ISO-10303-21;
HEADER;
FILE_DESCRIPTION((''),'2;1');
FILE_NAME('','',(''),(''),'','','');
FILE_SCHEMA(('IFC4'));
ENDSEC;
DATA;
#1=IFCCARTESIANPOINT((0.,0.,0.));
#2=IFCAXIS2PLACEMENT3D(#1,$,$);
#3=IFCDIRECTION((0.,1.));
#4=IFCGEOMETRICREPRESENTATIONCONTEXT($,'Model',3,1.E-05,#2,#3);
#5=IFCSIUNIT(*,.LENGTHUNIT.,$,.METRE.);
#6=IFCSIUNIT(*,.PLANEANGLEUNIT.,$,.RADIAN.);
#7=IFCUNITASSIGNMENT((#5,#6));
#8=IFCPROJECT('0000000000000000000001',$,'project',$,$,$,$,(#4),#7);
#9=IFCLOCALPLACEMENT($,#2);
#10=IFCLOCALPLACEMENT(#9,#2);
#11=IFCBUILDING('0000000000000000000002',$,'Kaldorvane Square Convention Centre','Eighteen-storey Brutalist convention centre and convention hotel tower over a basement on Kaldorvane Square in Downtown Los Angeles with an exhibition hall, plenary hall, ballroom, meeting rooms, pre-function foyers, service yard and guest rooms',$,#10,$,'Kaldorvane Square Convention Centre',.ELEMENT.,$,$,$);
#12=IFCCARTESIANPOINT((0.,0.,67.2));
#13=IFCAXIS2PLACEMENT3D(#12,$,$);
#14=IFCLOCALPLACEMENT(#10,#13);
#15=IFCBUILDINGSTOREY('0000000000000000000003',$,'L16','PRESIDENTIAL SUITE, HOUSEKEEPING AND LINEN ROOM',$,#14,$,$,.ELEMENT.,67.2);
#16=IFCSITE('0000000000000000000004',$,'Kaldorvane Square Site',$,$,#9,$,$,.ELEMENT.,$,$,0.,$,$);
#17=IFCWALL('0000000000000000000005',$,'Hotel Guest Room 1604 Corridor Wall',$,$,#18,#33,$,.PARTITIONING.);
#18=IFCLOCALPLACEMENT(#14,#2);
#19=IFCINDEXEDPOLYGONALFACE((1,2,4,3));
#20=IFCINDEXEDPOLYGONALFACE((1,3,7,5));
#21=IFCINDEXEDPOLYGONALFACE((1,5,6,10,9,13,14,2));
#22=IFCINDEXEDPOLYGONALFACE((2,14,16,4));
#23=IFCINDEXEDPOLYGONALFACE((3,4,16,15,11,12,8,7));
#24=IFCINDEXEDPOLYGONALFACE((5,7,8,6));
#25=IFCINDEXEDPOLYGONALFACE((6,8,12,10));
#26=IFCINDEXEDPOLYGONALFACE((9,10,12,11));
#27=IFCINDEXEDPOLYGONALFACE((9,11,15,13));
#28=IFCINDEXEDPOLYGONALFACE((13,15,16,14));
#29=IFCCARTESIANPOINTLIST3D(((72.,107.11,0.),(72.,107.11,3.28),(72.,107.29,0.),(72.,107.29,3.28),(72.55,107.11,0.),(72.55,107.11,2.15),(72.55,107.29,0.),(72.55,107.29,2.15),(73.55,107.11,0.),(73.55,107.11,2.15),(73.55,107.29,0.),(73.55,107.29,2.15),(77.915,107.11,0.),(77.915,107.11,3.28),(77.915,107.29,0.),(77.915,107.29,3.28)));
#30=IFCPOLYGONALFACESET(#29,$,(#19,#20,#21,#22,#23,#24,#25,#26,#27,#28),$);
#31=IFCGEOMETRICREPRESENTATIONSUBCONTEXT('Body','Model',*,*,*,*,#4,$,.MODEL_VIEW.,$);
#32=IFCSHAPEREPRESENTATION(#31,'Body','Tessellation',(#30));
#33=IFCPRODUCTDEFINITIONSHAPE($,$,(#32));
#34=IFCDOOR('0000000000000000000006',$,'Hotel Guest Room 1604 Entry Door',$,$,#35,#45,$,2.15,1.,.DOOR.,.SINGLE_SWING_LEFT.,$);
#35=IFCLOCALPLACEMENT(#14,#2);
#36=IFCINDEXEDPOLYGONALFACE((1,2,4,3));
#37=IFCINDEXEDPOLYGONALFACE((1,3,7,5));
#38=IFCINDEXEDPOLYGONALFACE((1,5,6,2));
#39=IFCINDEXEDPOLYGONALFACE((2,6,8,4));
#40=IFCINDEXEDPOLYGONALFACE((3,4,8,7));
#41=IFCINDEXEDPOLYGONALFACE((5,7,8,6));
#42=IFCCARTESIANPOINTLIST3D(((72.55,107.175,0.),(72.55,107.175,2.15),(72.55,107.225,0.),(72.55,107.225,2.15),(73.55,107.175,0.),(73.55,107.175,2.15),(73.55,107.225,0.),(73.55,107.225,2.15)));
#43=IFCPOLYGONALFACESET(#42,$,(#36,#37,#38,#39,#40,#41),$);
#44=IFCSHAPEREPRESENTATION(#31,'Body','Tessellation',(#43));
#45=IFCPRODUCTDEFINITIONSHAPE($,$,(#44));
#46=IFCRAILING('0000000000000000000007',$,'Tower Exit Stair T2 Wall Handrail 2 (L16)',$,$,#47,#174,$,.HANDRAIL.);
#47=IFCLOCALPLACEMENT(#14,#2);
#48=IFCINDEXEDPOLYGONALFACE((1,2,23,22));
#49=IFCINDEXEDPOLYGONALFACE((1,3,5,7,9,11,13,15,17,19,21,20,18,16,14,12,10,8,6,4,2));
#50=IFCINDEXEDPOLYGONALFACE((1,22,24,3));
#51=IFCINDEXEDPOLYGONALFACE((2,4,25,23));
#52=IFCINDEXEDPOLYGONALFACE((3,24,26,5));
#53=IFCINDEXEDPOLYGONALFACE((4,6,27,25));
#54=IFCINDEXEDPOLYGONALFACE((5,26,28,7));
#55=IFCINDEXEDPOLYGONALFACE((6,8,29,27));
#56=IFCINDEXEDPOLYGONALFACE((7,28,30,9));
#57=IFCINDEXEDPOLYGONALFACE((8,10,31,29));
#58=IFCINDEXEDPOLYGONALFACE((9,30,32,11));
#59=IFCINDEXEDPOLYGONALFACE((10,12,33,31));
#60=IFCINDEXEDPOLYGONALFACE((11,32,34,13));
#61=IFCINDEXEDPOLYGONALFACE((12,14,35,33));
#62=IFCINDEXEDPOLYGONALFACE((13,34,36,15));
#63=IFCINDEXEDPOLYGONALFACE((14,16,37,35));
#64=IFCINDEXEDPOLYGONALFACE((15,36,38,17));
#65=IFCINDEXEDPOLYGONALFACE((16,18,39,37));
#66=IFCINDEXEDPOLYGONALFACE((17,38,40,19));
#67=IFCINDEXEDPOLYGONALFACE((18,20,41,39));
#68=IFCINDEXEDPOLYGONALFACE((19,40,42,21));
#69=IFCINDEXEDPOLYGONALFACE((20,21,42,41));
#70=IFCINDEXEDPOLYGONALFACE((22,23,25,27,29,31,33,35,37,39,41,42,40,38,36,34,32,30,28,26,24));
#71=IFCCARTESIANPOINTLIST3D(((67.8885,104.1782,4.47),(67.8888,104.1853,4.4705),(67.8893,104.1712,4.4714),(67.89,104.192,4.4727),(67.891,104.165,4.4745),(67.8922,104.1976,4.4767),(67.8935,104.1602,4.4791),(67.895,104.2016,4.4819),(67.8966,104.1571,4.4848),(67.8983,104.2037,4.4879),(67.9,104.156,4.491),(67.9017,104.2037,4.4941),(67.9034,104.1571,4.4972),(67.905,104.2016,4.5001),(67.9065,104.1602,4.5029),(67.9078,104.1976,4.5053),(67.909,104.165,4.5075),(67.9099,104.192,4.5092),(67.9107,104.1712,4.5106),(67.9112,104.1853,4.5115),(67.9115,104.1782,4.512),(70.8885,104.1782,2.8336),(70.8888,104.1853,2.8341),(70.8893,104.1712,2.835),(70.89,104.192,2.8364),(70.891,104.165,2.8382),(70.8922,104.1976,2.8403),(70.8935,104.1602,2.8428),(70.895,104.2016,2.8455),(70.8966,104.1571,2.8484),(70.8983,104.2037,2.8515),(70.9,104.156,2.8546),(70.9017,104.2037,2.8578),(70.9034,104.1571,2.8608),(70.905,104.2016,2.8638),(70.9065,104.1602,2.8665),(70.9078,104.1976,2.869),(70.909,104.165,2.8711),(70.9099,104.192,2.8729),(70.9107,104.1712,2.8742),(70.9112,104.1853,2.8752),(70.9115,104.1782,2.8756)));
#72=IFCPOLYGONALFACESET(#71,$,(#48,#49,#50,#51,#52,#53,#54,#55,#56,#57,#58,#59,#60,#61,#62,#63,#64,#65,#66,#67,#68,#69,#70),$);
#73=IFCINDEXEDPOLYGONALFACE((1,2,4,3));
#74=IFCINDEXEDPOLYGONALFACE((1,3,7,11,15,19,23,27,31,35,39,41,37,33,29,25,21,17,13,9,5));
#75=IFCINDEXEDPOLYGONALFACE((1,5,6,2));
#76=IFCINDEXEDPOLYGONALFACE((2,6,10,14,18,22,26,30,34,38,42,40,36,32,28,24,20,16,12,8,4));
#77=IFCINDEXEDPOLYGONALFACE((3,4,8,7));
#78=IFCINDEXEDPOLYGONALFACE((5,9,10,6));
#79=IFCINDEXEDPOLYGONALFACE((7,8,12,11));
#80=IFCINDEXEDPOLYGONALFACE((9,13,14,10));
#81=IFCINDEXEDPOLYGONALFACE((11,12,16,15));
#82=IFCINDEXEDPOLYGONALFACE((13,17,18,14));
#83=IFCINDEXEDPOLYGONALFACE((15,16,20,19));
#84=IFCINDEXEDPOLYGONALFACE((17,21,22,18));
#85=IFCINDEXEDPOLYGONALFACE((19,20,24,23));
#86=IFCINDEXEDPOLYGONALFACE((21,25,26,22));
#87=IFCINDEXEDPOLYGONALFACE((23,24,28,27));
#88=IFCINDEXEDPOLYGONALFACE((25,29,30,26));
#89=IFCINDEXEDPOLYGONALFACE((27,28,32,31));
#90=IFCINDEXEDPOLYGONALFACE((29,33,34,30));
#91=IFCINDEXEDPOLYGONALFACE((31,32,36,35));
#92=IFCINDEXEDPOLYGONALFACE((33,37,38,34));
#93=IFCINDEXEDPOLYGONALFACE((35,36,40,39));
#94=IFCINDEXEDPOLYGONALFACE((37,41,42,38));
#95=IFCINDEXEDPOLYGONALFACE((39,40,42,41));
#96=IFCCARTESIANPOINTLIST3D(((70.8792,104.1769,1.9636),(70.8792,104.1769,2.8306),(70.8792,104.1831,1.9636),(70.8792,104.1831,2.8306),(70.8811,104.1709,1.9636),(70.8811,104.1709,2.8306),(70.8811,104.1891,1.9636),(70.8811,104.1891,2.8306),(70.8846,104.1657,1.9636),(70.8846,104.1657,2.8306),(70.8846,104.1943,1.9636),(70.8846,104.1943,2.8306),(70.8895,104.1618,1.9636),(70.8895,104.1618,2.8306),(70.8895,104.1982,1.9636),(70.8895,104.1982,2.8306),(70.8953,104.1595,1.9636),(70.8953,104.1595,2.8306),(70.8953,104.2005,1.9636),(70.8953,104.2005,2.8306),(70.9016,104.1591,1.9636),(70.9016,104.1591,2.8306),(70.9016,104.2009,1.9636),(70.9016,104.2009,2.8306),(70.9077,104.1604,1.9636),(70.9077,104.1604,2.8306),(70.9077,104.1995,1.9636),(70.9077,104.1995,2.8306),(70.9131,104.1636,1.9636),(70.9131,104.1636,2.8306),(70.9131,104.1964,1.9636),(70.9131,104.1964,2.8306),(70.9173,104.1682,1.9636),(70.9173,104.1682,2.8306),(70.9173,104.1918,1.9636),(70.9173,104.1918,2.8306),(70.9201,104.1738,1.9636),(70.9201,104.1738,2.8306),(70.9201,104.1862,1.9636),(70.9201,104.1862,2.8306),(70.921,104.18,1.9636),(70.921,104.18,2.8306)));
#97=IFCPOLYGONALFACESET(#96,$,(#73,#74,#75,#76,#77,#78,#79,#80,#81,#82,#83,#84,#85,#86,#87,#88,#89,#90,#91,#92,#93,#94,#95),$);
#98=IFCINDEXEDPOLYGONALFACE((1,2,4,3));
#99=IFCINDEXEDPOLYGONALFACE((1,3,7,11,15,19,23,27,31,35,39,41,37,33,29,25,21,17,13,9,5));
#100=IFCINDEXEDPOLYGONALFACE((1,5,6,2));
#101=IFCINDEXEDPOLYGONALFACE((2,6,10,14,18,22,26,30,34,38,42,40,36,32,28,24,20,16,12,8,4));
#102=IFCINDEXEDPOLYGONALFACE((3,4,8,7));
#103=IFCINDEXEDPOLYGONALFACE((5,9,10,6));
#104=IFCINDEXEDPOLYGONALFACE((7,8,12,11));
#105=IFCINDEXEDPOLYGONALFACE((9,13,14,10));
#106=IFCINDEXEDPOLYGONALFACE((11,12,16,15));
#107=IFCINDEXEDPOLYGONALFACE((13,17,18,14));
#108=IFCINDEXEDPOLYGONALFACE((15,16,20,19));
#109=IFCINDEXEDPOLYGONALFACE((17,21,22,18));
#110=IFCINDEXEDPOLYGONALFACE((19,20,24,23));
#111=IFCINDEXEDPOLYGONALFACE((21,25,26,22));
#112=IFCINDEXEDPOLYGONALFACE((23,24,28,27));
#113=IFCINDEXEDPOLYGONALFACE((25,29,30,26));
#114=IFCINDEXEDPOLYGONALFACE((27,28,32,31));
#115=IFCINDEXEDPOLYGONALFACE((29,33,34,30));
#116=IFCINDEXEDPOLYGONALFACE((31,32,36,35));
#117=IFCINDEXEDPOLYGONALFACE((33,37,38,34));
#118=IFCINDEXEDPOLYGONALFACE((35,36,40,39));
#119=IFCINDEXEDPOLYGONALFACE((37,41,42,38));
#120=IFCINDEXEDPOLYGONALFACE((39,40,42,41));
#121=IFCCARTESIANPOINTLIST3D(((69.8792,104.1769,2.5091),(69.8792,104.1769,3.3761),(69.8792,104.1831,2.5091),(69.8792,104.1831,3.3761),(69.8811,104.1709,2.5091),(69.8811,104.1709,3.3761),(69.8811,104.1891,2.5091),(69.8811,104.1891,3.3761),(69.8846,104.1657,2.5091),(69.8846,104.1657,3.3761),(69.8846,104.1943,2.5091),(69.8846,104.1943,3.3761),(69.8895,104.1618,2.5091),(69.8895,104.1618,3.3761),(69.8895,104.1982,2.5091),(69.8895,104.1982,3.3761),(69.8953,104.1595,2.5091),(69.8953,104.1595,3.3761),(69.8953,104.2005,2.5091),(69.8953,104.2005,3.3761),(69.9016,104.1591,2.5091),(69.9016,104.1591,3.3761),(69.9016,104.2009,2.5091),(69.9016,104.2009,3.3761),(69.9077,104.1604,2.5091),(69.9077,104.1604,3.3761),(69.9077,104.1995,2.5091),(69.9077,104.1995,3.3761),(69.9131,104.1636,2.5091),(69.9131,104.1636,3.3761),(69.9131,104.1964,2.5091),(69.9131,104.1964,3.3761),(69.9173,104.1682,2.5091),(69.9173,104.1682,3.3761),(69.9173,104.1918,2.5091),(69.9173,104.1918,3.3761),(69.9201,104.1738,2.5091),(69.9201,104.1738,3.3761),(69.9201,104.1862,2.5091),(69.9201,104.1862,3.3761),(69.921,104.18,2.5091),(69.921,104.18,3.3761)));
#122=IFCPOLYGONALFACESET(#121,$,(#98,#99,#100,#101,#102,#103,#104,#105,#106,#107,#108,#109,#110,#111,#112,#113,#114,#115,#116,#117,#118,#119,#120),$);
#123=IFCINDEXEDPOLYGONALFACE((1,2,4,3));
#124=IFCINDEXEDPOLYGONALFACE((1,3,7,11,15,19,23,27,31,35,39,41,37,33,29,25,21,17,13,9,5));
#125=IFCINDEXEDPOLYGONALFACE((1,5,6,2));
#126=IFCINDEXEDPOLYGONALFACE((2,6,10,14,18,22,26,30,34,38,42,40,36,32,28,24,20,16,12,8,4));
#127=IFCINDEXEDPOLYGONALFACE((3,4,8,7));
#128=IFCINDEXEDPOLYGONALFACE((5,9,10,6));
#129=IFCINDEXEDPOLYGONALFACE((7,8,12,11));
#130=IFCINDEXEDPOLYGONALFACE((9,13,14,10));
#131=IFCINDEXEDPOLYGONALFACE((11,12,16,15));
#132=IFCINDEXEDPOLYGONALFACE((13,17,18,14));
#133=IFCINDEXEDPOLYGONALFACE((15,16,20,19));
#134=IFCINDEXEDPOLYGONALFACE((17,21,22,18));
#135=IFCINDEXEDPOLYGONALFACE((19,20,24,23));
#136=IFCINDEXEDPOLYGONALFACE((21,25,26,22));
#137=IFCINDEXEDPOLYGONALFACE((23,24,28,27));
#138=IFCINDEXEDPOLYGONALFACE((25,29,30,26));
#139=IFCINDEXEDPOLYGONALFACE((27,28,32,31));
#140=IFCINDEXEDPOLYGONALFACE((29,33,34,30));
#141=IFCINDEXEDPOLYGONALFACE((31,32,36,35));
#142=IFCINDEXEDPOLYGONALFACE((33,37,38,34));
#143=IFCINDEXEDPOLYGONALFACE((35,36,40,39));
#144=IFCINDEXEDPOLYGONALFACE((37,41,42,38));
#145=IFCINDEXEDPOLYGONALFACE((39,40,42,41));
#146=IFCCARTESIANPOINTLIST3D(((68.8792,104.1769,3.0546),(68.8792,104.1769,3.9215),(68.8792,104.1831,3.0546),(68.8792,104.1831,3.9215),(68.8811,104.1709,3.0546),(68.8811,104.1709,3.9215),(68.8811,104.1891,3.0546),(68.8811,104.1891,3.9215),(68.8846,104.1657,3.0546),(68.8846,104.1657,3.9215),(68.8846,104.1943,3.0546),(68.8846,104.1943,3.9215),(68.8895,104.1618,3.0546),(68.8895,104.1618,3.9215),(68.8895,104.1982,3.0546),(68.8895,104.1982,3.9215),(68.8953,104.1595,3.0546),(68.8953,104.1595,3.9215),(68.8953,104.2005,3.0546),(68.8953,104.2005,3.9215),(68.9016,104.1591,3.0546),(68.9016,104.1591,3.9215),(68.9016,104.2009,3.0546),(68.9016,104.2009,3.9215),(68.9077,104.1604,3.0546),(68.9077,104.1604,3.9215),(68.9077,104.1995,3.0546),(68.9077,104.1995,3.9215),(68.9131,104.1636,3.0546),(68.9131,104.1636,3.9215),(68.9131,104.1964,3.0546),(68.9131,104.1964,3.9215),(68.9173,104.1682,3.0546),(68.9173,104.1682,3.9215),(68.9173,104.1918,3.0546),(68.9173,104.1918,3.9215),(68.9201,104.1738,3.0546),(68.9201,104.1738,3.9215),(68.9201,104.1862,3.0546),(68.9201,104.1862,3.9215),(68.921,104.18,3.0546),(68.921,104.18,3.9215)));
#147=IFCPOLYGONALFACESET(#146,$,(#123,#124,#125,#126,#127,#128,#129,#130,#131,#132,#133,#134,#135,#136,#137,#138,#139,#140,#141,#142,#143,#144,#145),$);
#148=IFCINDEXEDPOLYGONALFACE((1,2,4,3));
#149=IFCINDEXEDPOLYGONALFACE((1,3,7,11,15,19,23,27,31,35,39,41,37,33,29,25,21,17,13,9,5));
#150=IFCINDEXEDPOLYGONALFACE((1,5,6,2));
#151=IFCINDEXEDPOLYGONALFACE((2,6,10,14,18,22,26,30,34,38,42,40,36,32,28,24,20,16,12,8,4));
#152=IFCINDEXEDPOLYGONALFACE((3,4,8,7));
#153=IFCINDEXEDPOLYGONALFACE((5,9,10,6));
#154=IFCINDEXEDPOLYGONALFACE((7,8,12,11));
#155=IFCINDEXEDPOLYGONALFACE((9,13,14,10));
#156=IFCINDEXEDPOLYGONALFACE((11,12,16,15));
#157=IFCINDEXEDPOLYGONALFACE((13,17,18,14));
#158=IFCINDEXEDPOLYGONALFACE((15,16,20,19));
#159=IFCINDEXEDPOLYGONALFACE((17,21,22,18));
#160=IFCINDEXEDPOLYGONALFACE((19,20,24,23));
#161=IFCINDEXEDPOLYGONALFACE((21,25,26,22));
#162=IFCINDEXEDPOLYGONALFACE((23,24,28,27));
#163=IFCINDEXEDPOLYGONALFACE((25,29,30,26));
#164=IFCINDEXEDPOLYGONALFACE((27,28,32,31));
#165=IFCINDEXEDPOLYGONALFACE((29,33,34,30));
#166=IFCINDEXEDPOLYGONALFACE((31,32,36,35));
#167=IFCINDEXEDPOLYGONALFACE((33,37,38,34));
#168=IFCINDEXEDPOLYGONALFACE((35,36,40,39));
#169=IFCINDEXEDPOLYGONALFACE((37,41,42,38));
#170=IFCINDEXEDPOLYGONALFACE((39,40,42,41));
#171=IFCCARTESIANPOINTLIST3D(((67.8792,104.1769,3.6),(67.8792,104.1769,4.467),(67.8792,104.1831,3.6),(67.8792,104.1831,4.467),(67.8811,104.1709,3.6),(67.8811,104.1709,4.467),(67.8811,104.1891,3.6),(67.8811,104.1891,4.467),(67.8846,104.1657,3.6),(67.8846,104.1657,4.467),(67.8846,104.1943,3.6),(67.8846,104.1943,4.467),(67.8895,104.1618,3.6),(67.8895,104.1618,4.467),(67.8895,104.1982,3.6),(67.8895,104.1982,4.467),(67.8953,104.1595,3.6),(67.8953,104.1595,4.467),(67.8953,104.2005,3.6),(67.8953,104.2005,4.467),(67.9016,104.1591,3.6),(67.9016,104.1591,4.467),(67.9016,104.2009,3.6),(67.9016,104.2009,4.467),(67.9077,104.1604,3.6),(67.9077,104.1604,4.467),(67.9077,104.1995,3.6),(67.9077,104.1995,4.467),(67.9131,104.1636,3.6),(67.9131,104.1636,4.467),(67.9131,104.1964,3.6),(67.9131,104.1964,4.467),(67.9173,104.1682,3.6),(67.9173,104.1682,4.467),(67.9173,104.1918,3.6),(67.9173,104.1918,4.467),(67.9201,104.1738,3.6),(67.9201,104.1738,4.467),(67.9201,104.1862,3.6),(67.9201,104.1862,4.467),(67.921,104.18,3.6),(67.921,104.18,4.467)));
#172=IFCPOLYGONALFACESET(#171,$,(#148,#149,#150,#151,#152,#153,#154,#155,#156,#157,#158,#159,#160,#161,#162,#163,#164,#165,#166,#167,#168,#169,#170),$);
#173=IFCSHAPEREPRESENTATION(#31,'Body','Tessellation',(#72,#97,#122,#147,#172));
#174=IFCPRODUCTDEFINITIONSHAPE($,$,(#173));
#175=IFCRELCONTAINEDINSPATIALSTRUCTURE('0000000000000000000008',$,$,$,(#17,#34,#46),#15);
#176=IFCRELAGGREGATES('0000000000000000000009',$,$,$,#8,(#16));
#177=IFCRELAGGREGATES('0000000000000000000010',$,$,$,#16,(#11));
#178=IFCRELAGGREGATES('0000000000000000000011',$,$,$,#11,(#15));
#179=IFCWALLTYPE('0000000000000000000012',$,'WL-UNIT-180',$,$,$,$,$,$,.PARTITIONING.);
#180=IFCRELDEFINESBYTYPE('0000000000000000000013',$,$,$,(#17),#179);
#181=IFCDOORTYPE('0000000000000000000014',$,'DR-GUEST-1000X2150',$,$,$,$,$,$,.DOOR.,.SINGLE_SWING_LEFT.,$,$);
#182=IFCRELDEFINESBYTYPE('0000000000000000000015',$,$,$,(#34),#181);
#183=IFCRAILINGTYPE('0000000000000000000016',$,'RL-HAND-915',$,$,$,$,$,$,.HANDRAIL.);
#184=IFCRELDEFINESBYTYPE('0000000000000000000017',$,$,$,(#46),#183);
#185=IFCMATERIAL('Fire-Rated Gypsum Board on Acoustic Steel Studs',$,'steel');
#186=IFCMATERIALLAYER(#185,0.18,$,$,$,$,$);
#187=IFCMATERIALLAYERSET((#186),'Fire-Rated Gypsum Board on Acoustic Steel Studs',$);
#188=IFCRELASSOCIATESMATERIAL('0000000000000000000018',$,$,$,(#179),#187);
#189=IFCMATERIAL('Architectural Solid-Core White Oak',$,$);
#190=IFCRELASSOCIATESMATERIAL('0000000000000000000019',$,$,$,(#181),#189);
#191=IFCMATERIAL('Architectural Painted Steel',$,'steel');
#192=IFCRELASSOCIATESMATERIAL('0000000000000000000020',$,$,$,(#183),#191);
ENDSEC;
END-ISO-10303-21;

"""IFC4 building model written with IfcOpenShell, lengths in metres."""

from ifc_helpers import new_model, si_unit, direction, frame, frame_2d, origin, origin_2d, place, context, subcontext, project, spatial, rectangle, circle, extrude, material, layer, layer_set, type_object, element, fill, save


model = new_model("IFC4")

# Units and contexts
model_context = context("Model", 3, precision=1e-05, world=origin(), true_north=direction((0.0, 1.0)))
body_context = subcontext(model_context, "Body", "Model", "MODEL_VIEW")
ifc_project = project(units=[si_unit("LENGTHUNIT", "METRE"), si_unit("PLANEANGLEUNIT", "RADIAN")], contexts=[model_context])

# Site, building, storey
site_placement = place(None, origin())
site = spatial("IfcSite", under=ifc_project, at=site_placement, Name="Kaldorvane Square Site", CompositionType="ELEMENT", RefElevation=0.0)
building_placement = place(site_placement, origin())
building = spatial("IfcBuilding", under=site, at=building_placement, Name="Kaldorvane Square Convention Centre", Description="Eighteen-storey Brutalist convention centre and convention hotel tower over a basement on Kaldorvane Square in Downtown Los Angeles with an exhibition hall, plenary hall, ballroom, meeting rooms, pre-function foyers, service yard and guest rooms", LongName="Kaldorvane Square Convention Centre", CompositionType="ELEMENT")
storey_placement = place(building_placement, frame((0.0, 0.0, 67.2)))
storey = spatial("IfcBuildingStorey", under=building, at=storey_placement, Name="L16", Description="PRESIDENTIAL SUITE, HOUSEKEEPING AND LINEN ROOM", CompositionType="ELEMENT", Elevation=67.2)

# Shared definitions
ifc_material_1 = material(Name="Fire-Rated Gypsum Board on Acoustic Steel Studs", Category="steel")
ifc_material_2 = material(Name="Architectural Solid-Core White Oak")

# Shared definitions
ifc_layer_1 = layer(ifc_material_1, 0.18)
ifc_layer_set_1 = layer_set([ifc_layer_1], Name="Fire-Rated Gypsum Board on Acoustic Steel Studs")
wall_type_1 = type_object("IfcWallType", Name="WL-UNIT-180", PredefinedType="PARTITIONING", material=ifc_layer_set_1)

# Wall, opening, door
wall_1_placement = place(storey_placement, frame((72.0, 107.2, 0.0), z_axis=(0.0, 0.0, 1.0), x_axis=(1.0, 0.0, 0.0)))
wall_1 = element("IfcWall", 1, at=wall_1_placement, inside=storey, type_object=wall_type_1, Name="Hotel Guest Room 1604 Corridor Wall", PredefinedType="PARTITIONING", context=body_context, shape_type="SweptSolid", body=[
    extrude(rectangle(XDim=5.915, YDim=0.18, at=frame_2d((2.9575, 0.0))), origin(), (0.0, 0.0, 1.0), 3.28),
])
opening_1_placement = place(wall_1_placement, frame((0.55, 0.0, 0.0)))
opening_1 = element("IfcOpeningElement", 2, at=opening_1_placement, cuts=wall_1, PredefinedType="OPENING", context=body_context, shape_type="SweptSolid", body=[
    extrude(rectangle(XDim=1.0, YDim=2.15, at=frame_2d((0.5, 1.075))), frame((0.0, 0.105, 0.0), z_axis=(0.0, -1.0, 0.0), x_axis=(1.0, 0.0, 0.0)), (0.0, 0.0, 1.0), 0.21),
])
door_type_1 = type_object("IfcDoorType", Name="DR-GUEST-1000X2150", OperationType="SINGLE_SWING_LEFT", PredefinedType="DOOR", material=ifc_material_2)
door_1_placement = place(opening_1_placement, origin())
door_1 = element("IfcDoor", 3, at=door_1_placement, inside=storey, type_object=door_type_1, Name="Hotel Guest Room 1604 Entry Door", OperationType="SINGLE_SWING_LEFT", OverallHeight=2.15, OverallWidth=1.0, PredefinedType="DOOR", context=body_context, shape_type="SweptSolid", body=[
    extrude(rectangle(XDim=1.0, YDim=2.15, at=frame_2d((0.5, 1.075))), frame((0.0, 0.025, 0.0), z_axis=(0.0, -1.0, 0.0), x_axis=(1.0, 0.0, 0.0)), (0.0, 0.0, 1.0), 0.05),
])
fill(opening_1, door_1)

# Railing
ifc_material_3 = material(Name="Architectural Painted Steel", Category="steel")
railing_type = type_object("IfcRailingType", Name="RL-HAND-915", PredefinedType="HANDRAIL", material=ifc_material_3)
railing_placement = place(storey_placement, frame((70.9, 104.18, 1.9636)))
element("IfcRailing", 4, at=railing_placement, inside=storey, type_object=railing_type, Name="Tower Exit Stair T2 Wall Handrail 2 (L16)", PredefinedType="HANDRAIL", context=body_context, shape_type="SweptSolid", body=[
    extrude(circle(Radius=0.024, at=origin_2d()), frame((0.0, 0.0, 0.891), z_axis=(-0.877895, 0.0, 0.478853), x_axis=(0.0, -1.0, 0.0)), (0.0, 0.0, 1.0), 3.4173),
    extrude(circle(Radius=0.021, at=origin_2d()), origin(), (0.0, 0.0, 1.0), 0.867),
    extrude(circle(Radius=0.021, at=origin_2d()), frame((-1.0, 0.0, 0.5455)), (0.0, 0.0, 1.0), 0.867),
    extrude(circle(Radius=0.021, at=origin_2d()), frame((-2.0, 0.0, 1.0909)), (0.0, 0.0, 1.0), 0.867),
    extrude(circle(Radius=0.021, at=origin_2d()), frame((-3.0, 0.0, 1.6364)), (0.0, 0.0, 1.0), 0.867),
])

save(model, "model.ifc")
